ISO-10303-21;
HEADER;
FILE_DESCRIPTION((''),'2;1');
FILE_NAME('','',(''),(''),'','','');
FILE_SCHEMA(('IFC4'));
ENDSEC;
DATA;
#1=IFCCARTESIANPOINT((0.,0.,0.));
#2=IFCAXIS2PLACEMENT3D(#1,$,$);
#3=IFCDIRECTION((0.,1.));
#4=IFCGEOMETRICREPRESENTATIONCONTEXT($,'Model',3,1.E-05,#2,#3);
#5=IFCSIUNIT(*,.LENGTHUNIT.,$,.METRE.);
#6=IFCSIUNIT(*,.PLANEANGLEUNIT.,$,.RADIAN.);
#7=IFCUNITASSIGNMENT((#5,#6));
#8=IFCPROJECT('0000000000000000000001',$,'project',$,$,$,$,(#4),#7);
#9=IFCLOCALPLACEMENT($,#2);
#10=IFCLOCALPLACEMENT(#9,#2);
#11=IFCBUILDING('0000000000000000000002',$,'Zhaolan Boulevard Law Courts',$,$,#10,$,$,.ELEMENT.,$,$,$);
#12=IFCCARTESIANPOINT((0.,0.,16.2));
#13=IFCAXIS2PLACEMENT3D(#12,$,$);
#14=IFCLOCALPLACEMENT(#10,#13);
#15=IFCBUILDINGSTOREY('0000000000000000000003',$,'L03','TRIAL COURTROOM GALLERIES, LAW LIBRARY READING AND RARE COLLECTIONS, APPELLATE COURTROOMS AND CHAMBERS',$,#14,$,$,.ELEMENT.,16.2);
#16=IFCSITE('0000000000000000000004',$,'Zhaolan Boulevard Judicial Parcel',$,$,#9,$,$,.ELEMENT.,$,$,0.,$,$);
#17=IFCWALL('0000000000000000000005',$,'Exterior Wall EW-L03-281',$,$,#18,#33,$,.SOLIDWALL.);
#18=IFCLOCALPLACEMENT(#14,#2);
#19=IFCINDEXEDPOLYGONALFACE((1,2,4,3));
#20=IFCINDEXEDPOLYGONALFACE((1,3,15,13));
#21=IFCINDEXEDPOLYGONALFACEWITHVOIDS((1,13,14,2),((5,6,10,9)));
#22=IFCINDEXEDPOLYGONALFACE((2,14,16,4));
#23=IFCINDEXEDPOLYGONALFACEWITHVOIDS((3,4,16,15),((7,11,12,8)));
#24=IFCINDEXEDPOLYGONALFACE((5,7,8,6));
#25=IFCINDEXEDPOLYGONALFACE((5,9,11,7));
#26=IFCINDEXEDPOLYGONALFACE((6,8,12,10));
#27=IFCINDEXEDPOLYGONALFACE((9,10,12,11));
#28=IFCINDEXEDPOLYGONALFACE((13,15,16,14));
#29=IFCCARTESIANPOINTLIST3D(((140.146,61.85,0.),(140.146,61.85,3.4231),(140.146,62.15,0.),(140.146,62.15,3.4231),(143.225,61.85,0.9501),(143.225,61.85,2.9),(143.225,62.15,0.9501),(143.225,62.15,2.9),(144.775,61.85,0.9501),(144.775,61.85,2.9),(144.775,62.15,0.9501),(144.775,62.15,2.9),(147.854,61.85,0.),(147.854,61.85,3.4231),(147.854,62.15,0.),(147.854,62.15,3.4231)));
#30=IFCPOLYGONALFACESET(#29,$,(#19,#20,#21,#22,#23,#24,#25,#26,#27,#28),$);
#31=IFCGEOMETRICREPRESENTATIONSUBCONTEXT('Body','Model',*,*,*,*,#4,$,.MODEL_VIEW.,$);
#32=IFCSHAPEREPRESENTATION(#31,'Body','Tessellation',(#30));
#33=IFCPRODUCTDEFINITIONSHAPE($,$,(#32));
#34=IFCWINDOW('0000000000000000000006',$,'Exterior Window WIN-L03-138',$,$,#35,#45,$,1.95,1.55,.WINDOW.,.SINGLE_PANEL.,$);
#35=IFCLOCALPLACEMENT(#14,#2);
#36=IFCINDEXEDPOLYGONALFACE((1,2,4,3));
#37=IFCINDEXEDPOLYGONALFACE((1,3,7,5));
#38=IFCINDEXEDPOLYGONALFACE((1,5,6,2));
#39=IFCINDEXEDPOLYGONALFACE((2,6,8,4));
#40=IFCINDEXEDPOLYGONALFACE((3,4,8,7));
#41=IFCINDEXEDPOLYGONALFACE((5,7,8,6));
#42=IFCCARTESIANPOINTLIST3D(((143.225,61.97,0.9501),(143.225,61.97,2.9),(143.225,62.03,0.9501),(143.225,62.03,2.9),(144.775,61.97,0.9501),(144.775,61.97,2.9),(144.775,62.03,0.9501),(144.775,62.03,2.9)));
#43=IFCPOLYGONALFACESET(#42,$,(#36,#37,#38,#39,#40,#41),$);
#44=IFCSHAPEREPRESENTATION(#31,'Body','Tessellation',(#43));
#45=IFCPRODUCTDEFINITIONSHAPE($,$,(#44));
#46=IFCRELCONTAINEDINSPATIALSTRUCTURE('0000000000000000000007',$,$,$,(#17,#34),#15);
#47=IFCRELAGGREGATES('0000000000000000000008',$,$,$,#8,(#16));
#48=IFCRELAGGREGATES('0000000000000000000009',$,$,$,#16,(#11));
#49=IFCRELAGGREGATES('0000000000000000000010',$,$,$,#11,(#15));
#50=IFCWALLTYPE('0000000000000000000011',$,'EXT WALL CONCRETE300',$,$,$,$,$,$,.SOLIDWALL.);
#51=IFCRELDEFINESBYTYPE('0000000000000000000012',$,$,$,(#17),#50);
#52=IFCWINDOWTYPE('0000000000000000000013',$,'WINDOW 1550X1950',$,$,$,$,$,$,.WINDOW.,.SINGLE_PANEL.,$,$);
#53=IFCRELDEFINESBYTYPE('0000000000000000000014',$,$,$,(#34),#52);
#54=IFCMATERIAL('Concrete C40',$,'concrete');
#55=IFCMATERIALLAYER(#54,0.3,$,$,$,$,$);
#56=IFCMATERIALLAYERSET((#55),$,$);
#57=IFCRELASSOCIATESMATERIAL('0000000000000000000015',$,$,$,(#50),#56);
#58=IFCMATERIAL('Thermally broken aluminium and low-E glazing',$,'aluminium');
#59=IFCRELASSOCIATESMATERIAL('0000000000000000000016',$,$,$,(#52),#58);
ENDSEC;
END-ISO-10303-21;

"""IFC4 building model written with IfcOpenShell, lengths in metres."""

from ifc_helpers import new_model, si_unit, direction, frame, frame_2d, origin, place, context, subcontext, project, spatial, rectangle, extrude, material, layer, layer_set, type_object, element, fill, save


model = new_model("IFC4")

# Units and contexts
model_context = context("Model", 3, precision=1e-05, world=origin(), true_north=direction((0.0, 1.0)))
body_context = subcontext(model_context, "Body", "Model", "MODEL_VIEW")
ifc_project = project(units=[si_unit("LENGTHUNIT", "METRE"), si_unit("PLANEANGLEUNIT", "RADIAN")], contexts=[model_context])

# Site, building, storey
site_placement = place(None, origin())
site = spatial("IfcSite", under=ifc_project, at=site_placement, Name="Zhaolan Boulevard Judicial Parcel", CompositionType="ELEMENT", RefElevation=0.0)
building_placement = place(site_placement, origin())
building = spatial("IfcBuilding", under=site, at=building_placement, Name="Zhaolan Boulevard Law Courts", CompositionType="ELEMENT")
storey_placement = place(building_placement, frame((0.0, 0.0, 16.2)))
storey = spatial("IfcBuildingStorey", under=building, at=storey_placement, Name="L03", Description="TRIAL COURTROOM GALLERIES, LAW LIBRARY READING AND RARE COLLECTIONS, APPELLATE COURTROOMS AND CHAMBERS", CompositionType="ELEMENT", Elevation=16.2)

# Wall, opening, window
ifc_material_1 = material(Name="Concrete C40", Category="concrete")
ifc_layer_1 = layer(ifc_material_1, 0.3)
ifc_layer_set_1 = layer_set([ifc_layer_1])
wall_type_1 = type_object("IfcWallType", Name="EXT WALL CONCRETE300", PredefinedType="SOLIDWALL", material=ifc_layer_set_1)
wall_1_placement = place(storey_placement, frame((140.146, 62.0, 0.0), z_axis=(0.0, 0.0, 1.0), x_axis=(1.0, 0.0, 0.0)))
wall_1 = element("IfcWall", 1, at=wall_1_placement, inside=storey, type_object=wall_type_1, Name="Exterior Wall EW-L03-281", PredefinedType="SOLIDWALL", context=body_context, shape_type="SweptSolid", body=[
    extrude(rectangle(XDim=7.708, YDim=0.3, at=frame_2d((3.854, 0.0))), origin(), (0.0, 0.0, 1.0), 3.4231),
])
opening_1_placement = place(wall_1_placement, frame((3.0791, 0.0, 0.95)))
opening_1 = element("IfcOpeningElement", 2, at=opening_1_placement, cuts=wall_1, PredefinedType="OPENING", context=body_context, shape_type="SweptSolid", body=[
    extrude(rectangle(XDim=1.55, YDim=1.95, at=frame_2d((0.7749, 0.9751))), frame((0.0, 0.1599, 0.0), z_axis=(0.0, -1.0, 0.0), x_axis=(1.0, 0.0, 0.0)), (0.0, 0.0, 1.0), 0.3201),
])
ifc_material_2 = material(Name="Thermally broken aluminium and low-E glazing", Category="aluminium")
window_type = type_object("IfcWindowType", Name="WINDOW 1550X1950", PartitioningType="SINGLE_PANEL", PredefinedType="WINDOW", material=ifc_material_2)
window_placement = place(opening_1_placement, origin())
window = element("IfcWindow", 3, at=window_placement, inside=storey, type_object=window_type, Name="Exterior Window WIN-L03-138", OverallHeight=1.95, OverallWidth=1.55, PartitioningType="SINGLE_PANEL", PredefinedType="WINDOW", context=body_context, shape_type="SweptSolid", body=[
    extrude(rectangle(XDim=1.55, YDim=1.95, at=frame_2d((0.7749, 0.9751))), frame((0.0, 0.03, 0.0), z_axis=(0.0, -1.0, 0.0), x_axis=(1.0, 0.0, 0.0)), (0.0, 0.0, 1.0), 0.0601),
])
fill(opening_1, window)

save(model, "model.ifc")
